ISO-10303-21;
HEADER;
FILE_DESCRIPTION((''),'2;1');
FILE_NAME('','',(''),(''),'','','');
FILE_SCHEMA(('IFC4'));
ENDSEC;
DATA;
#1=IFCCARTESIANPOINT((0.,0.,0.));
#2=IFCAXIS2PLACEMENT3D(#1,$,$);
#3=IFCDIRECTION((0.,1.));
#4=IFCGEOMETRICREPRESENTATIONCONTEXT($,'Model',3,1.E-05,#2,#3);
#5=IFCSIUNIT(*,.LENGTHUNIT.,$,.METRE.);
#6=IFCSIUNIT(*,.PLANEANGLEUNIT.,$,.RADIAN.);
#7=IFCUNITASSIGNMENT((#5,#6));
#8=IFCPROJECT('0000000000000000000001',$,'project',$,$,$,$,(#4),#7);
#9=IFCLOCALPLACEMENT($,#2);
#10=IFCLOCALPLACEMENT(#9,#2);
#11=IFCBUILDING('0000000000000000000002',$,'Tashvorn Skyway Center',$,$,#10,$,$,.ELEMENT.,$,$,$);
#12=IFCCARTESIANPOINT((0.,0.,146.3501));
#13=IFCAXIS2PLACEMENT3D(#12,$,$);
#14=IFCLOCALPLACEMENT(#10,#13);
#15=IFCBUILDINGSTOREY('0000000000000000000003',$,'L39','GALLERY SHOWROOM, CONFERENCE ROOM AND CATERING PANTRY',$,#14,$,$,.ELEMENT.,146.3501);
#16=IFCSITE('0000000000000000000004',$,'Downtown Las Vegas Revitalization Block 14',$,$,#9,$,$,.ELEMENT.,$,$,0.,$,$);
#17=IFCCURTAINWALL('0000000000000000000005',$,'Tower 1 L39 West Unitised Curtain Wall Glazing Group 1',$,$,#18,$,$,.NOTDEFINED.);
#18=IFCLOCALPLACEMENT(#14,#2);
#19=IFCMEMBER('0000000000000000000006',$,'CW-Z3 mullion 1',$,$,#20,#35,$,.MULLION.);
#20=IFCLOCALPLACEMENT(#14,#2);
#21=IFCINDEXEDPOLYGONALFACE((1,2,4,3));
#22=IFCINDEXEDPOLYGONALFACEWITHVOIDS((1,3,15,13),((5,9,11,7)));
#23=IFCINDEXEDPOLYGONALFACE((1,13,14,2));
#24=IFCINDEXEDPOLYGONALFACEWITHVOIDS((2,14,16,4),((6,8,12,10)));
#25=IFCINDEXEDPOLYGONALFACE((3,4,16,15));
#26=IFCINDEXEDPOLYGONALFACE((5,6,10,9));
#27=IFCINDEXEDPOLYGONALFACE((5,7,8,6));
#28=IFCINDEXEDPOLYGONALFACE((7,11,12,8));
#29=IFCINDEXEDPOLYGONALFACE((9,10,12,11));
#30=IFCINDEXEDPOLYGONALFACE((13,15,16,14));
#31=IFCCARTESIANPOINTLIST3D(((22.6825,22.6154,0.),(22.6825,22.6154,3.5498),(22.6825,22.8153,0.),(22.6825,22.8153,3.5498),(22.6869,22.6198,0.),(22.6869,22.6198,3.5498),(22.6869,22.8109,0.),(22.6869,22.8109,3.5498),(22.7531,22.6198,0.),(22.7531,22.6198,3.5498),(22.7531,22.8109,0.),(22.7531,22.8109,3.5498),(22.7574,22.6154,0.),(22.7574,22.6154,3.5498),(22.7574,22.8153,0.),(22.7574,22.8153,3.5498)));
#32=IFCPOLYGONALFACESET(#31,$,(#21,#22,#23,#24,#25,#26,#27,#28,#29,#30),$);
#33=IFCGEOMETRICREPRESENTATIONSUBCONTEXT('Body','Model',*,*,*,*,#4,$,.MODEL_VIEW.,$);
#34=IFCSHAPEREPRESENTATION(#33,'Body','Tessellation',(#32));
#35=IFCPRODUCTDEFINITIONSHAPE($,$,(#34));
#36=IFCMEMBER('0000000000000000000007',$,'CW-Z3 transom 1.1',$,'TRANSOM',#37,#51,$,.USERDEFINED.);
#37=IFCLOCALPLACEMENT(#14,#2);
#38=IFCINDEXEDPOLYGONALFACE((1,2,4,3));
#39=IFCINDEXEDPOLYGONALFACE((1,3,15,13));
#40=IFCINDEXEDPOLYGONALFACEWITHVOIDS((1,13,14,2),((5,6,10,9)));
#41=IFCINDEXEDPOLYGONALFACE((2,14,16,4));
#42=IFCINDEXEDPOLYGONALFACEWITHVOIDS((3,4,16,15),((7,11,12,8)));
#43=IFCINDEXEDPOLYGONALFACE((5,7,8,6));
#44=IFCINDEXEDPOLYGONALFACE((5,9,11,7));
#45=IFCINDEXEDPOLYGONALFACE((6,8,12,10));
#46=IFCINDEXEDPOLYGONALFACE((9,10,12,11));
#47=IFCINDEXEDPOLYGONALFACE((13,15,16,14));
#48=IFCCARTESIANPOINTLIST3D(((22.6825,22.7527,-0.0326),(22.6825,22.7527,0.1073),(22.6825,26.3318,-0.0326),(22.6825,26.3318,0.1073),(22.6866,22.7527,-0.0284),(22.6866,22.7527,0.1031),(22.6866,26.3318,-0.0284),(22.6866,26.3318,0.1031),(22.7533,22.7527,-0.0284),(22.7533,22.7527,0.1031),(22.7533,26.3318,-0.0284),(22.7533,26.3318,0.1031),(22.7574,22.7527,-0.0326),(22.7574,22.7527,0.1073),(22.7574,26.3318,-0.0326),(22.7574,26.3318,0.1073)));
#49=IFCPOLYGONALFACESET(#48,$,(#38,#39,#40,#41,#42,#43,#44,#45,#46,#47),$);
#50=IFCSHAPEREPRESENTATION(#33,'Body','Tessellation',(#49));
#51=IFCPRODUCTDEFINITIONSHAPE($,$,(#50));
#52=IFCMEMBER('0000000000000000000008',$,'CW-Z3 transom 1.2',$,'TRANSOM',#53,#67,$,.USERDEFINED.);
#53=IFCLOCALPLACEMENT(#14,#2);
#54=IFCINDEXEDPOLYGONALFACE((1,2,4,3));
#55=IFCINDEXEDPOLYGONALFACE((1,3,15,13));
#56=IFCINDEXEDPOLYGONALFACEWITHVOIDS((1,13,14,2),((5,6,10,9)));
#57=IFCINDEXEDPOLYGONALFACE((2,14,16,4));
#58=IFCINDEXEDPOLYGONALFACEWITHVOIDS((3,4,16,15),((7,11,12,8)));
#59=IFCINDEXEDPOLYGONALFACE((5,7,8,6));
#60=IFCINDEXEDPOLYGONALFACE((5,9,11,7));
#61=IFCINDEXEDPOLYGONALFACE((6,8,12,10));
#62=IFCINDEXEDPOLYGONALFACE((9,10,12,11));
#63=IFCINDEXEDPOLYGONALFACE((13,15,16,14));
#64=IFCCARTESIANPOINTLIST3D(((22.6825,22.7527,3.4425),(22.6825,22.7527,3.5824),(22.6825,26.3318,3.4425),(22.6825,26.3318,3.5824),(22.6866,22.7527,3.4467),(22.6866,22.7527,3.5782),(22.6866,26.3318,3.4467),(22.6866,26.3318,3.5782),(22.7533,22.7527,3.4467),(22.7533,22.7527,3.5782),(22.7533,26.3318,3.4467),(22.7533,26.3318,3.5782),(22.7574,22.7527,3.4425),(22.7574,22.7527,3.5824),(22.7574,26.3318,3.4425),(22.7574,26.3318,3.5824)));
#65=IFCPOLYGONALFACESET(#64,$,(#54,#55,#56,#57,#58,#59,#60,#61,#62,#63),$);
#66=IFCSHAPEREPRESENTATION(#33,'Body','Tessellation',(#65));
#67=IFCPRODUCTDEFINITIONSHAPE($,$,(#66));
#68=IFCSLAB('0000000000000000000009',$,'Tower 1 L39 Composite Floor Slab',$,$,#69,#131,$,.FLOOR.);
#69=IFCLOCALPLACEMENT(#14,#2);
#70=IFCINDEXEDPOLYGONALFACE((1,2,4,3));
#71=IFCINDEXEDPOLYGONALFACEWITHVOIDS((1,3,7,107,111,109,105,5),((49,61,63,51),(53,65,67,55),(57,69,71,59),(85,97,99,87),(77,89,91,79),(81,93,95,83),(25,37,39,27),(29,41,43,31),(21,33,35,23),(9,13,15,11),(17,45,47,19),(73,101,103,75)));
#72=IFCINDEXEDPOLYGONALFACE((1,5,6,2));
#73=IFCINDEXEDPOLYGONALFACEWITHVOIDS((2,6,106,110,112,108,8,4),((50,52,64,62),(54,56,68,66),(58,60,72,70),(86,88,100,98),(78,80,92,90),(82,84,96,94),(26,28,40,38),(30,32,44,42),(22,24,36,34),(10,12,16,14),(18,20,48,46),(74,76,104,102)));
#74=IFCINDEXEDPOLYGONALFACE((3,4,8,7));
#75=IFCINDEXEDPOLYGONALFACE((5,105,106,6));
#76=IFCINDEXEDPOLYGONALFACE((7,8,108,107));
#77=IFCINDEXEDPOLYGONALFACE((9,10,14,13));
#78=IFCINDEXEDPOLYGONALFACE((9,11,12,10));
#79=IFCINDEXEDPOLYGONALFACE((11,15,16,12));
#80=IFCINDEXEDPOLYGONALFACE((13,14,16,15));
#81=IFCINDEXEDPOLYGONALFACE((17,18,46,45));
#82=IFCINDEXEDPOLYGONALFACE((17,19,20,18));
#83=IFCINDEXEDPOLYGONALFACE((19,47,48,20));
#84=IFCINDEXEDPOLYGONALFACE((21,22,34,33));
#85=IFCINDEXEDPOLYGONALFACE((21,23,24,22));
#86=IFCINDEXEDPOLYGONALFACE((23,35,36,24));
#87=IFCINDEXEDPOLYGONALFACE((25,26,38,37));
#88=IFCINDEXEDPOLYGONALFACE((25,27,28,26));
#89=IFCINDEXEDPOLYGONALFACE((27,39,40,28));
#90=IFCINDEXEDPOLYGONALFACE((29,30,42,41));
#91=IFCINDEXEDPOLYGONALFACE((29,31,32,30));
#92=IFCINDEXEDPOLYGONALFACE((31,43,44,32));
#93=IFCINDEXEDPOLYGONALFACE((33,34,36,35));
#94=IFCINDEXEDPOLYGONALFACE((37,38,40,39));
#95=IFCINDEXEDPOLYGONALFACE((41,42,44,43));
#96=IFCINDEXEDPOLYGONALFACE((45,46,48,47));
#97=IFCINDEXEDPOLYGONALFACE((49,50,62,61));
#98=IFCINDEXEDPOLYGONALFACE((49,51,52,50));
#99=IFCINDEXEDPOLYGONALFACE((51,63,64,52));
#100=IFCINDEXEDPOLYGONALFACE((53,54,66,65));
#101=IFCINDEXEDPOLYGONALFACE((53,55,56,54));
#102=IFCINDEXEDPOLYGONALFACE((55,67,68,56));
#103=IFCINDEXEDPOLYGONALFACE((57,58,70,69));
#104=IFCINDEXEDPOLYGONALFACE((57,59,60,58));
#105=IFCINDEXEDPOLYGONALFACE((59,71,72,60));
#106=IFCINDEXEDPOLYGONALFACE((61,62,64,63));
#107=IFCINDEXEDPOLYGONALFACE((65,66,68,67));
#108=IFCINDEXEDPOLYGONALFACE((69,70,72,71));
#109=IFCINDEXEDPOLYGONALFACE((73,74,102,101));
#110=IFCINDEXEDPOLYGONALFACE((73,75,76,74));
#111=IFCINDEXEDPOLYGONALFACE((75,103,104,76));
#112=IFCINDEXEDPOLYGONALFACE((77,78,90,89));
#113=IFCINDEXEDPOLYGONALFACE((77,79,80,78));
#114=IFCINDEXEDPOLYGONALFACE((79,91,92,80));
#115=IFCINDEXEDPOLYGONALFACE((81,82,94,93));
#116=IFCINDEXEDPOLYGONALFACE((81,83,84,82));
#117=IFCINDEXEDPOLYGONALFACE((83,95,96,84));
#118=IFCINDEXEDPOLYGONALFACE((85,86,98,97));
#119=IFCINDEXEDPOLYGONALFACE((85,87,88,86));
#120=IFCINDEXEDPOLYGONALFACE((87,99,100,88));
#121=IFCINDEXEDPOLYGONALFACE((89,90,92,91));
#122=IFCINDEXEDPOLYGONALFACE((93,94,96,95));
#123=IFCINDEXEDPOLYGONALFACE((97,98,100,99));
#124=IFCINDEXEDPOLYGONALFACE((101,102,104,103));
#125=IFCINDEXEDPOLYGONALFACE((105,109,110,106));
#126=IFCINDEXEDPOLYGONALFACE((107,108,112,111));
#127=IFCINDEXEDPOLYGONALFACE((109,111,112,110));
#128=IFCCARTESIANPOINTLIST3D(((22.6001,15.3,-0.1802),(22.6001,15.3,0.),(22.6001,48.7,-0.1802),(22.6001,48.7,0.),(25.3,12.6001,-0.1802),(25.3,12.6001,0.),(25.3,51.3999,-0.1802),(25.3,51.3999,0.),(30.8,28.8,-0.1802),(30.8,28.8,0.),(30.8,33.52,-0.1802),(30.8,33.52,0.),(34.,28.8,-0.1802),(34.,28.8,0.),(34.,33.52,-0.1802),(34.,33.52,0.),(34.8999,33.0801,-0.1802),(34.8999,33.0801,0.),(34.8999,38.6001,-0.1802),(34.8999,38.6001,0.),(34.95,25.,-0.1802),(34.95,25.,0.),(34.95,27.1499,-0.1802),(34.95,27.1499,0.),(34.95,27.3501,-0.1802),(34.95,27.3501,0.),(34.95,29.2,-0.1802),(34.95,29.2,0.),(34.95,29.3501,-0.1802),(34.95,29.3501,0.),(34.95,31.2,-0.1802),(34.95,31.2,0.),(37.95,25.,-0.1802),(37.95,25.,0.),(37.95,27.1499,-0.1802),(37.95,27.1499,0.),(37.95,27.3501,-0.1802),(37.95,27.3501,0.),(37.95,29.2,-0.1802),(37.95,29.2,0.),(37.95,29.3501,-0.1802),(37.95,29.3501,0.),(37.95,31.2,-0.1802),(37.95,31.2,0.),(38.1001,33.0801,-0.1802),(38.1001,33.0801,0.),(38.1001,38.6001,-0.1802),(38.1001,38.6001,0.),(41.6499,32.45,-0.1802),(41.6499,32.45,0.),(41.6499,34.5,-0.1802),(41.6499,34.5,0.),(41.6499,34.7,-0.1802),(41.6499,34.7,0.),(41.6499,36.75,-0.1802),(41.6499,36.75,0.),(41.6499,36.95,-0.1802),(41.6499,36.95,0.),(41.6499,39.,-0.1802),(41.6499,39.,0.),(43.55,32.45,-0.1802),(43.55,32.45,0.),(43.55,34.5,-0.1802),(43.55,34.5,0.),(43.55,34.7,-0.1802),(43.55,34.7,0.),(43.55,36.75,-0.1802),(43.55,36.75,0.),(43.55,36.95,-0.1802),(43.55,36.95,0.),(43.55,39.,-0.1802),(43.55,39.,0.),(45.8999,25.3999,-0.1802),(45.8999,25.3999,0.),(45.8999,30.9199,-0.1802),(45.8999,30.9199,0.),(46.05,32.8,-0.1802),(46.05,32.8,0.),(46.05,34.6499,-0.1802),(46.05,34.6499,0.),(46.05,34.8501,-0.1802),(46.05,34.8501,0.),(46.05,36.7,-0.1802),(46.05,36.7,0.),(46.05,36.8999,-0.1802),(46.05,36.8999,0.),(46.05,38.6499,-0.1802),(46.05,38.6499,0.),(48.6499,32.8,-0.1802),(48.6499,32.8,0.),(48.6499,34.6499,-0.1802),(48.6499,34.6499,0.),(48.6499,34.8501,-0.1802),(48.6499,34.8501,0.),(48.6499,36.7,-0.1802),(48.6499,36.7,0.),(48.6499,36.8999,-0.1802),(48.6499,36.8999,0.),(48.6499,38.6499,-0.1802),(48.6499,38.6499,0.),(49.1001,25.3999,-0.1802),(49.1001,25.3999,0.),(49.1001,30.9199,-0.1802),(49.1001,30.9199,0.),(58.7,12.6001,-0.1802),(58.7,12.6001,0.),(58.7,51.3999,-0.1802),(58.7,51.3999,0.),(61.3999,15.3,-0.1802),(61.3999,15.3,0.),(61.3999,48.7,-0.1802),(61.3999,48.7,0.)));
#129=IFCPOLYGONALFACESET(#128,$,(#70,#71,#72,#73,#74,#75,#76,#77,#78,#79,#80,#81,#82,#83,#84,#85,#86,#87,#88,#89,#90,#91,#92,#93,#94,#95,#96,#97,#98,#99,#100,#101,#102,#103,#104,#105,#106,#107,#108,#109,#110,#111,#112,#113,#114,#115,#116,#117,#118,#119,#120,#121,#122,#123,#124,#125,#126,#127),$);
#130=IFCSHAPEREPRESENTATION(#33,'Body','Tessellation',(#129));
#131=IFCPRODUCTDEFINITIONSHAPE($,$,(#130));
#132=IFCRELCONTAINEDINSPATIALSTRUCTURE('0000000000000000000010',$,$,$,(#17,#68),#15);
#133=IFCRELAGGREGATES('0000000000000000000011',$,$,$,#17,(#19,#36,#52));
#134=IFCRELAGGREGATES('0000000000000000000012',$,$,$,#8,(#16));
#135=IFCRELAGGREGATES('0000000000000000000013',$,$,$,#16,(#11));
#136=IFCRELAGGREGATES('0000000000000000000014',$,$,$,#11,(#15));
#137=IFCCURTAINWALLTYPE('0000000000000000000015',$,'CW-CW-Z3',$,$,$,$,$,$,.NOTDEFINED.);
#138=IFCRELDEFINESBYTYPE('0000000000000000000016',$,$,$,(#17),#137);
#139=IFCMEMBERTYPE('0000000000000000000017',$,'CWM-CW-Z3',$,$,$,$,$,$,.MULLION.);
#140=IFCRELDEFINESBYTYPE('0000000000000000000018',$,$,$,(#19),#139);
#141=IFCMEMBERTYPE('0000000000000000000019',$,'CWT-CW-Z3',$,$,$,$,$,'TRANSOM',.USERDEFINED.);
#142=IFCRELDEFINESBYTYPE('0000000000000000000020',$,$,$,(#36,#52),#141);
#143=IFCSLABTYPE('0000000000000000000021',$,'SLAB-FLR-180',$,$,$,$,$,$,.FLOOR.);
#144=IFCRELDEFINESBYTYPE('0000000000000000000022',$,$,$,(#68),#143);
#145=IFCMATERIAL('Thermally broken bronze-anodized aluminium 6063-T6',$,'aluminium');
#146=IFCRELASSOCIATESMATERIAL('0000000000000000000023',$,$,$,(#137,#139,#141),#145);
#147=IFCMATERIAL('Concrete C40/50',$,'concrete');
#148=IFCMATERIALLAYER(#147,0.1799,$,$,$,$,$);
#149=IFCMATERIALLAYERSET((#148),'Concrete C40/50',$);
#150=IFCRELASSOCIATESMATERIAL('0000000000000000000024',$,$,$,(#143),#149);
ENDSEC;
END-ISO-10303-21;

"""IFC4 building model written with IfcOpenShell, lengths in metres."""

from ifc_helpers import new_model, si_unit, direction, frame, origin, origin_2d, place, context, subcontext, project, spatial, polyline, hollow_rectangle, outline, extrude, material, layer, layer_set, material_profile, profile_set, type_object, element, aggregate, save


model = new_model("IFC4")

# Units and contexts
model_context = context("Model", 3, precision=1e-05, world=origin(), true_north=direction((0.0, 1.0)))
body_context = subcontext(model_context, "Body", "Model", "MODEL_VIEW")
ifc_project = project(units=[si_unit("LENGTHUNIT", "METRE"), si_unit("PLANEANGLEUNIT", "RADIAN")], contexts=[model_context])

# Site, building, storey
site_placement = place(None, origin())
site = spatial("IfcSite", under=ifc_project, at=site_placement, Name="Downtown Las Vegas Revitalization Block 14", CompositionType="ELEMENT", RefElevation=0.0)
building_placement = place(site_placement, origin())
building = spatial("IfcBuilding", under=site, at=building_placement, Name="Tashvorn Skyway Center", CompositionType="ELEMENT")
storey_placement = place(building_placement, frame((0.0, 0.0, 146.3501)))
storey = spatial("IfcBuildingStorey", under=building, at=storey_placement, Name="L39", Description="GALLERY SHOWROOM, CONFERENCE ROOM AND CATERING PANTRY", CompositionType="ELEMENT", Elevation=146.3501)

# Curtain wall, members
ifc_material_1 = material(Name="Thermally broken bronze-anodized aluminium 6063-T6", Category="aluminium")
curtain_wall_type = type_object("IfcCurtainWallType", Name="CW-CW-Z3", PredefinedType="NOTDEFINED", material=ifc_material_1)
curtain_wall_placement = place(storey_placement, origin())
curtain_wall = element("IfcCurtainWall", 1, at=curtain_wall_placement, inside=storey, type_object=curtain_wall_type, Name="Tower 1 L39 West Unitised Curtain Wall Glazing Group 1", PredefinedType="NOTDEFINED")
ifc_material_profile_1 = material_profile(ifc_material_1, hollow_rectangle(XDim=0.075, YDim=0.2, WallThickness=0.0044, at=origin_2d()), Name="ALU-MULL-75x200")
ifc_profile_set_1 = profile_set([ifc_material_profile_1], Name="Thermally broken bronze-anodized aluminium 6063-T6")
member_type_1 = type_object("IfcMemberType", Name="CWM-CW-Z3", PredefinedType="MULLION", material=ifc_profile_set_1)
member_1_placement = place(storey_placement, frame((22.72, 22.7153, 0.0), z_axis=(0.0, 0.0, 1.0), x_axis=(-1.0, 0.0, 0.0)))
member_1 = element("IfcMember", 2, at=member_1_placement, type_object=member_type_1, Name="CW-Z3 mullion 1", PredefinedType="MULLION", context=body_context, shape_type="SweptSolid", body=[
    extrude(hollow_rectangle(XDim=0.075, YDim=0.2, WallThickness=0.0044, at=origin_2d()), origin(), (0.0, 0.0, 1.0), 3.5498),
])
ifc_material_profile_2 = material_profile(ifc_material_1, hollow_rectangle(XDim=0.075, YDim=0.1399, WallThickness=0.0042, at=origin_2d()), Name="ALU-TRAN-75x140")
ifc_profile_set_2 = profile_set([ifc_material_profile_2], Name="Thermally broken bronze-anodized aluminium 6063-T6")
member_type_2 = type_object("IfcMemberType", Name="CWT-CW-Z3", ElementType="TRANSOM", PredefinedType="USERDEFINED", material=ifc_profile_set_2)
member_2_placement = place(storey_placement, frame((22.72, 22.7527, 0.0374), z_axis=(0.0, 1.0, 0.0), x_axis=(-1.0, 0.0, 0.0)))
member_2 = element("IfcMember", 3, at=member_2_placement, type_object=member_type_2, Name="CW-Z3 transom 1.1", ObjectType="TRANSOM", PredefinedType="USERDEFINED", context=body_context, shape_type="SweptSolid", body=[
    extrude(hollow_rectangle(XDim=0.075, YDim=0.1399, WallThickness=0.0042, at=origin_2d()), origin(), (0.0, 0.0, 1.0), 3.5791),
])
member_3_placement = place(storey_placement, frame((22.72, 22.7527, 3.5125), z_axis=(0.0, 1.0, 0.0), x_axis=(-1.0, 0.0, 0.0)))
member_3 = element("IfcMember", 4, at=member_3_placement, type_object=member_type_2, Name="CW-Z3 transom 1.2", ObjectType="TRANSOM", PredefinedType="USERDEFINED", context=body_context, shape_type="SweptSolid", body=[
    extrude(hollow_rectangle(XDim=0.075, YDim=0.1399, WallThickness=0.0042, at=origin_2d()), origin(), (0.0, 0.0, 1.0), 3.5791),
])
aggregate(curtain_wall, [member_1, member_2, member_3])

# Slab
ifc_material_2 = material(Name="Concrete C40/50", Category="concrete")
ifc_layer_1 = layer(ifc_material_2, 0.1799)
ifc_layer_set_1 = layer_set([ifc_layer_1], Name="Concrete C40/50")
slab_type_1 = type_object("IfcSlabType", Name="SLAB-FLR-180", PredefinedType="FLOOR", material=ifc_layer_set_1)
slab_1_placement = place(storey_placement, frame((0.0, 0.0, -0.1802)))
element("IfcSlab", 5, at=slab_1_placement, inside=storey, type_object=slab_type_1, Name="Tower 1 L39 Composite Floor Slab", PredefinedType="FLOOR", context=body_context, shape_type="SweptSolid", body=[
    extrude(outline(polyline([(25.3, 12.6001), (58.7, 12.6001), (61.3999, 15.3), (61.3999, 48.7), (58.7, 51.3999), (25.3, 51.3999), (22.6001, 48.7), (22.6001, 15.3), (25.3, 12.6001)]), holes=[polyline([(38.1001, 33.0801), (38.1001, 38.6001), (34.8999, 38.6001), (34.8999, 33.0801), (38.1001, 33.0801)]), polyline([(45.8999, 30.9199), (45.8999, 25.3999), (49.1001, 25.3999), (49.1001, 30.9199), (45.8999, 30.9199)]), polyline([(30.8, 33.52), (30.8, 28.8), (34.0, 28.8), (34.0, 33.52), (30.8, 33.52)]), polyline([(34.95, 29.3501), (37.95, 29.3501), (37.95, 31.2), (34.95, 31.2), (34.95, 29.3501)]), polyline([(34.95, 27.3501), (37.95, 27.3501), (37.95, 29.2), (34.95, 29.2), (34.95, 27.3501)]), polyline([(34.95, 25.0), (37.95, 25.0), (37.95, 27.1499), (34.95, 27.1499), (34.95, 25.0)]), polyline([(41.6499, 32.45), (43.55, 32.45), (43.55, 34.5), (41.6499, 34.5), (41.6499, 32.45)]), polyline([(41.6499, 34.7), (43.55, 34.7), (43.55, 36.75), (41.6499, 36.75), (41.6499, 34.7)]), polyline([(41.6499, 36.95), (43.55, 36.95), (43.55, 39.0), (41.6499, 39.0), (41.6499, 36.95)]), polyline([(46.05, 32.8), (48.6499, 32.8), (48.6499, 34.6499), (46.05, 34.6499), (46.05, 32.8)]), polyline([(46.05, 34.8501), (48.6499, 34.8501), (48.6499, 36.7), (46.05, 36.7), (46.05, 34.8501)]), polyline([(46.05, 36.8999), (48.6499, 36.8999), (48.6499, 38.6499), (46.05, 38.6499), (46.05, 36.8999)])]), origin(), (0.0, 0.0, 1.0), 0.1802),
])

save(model, "model.ifc")
